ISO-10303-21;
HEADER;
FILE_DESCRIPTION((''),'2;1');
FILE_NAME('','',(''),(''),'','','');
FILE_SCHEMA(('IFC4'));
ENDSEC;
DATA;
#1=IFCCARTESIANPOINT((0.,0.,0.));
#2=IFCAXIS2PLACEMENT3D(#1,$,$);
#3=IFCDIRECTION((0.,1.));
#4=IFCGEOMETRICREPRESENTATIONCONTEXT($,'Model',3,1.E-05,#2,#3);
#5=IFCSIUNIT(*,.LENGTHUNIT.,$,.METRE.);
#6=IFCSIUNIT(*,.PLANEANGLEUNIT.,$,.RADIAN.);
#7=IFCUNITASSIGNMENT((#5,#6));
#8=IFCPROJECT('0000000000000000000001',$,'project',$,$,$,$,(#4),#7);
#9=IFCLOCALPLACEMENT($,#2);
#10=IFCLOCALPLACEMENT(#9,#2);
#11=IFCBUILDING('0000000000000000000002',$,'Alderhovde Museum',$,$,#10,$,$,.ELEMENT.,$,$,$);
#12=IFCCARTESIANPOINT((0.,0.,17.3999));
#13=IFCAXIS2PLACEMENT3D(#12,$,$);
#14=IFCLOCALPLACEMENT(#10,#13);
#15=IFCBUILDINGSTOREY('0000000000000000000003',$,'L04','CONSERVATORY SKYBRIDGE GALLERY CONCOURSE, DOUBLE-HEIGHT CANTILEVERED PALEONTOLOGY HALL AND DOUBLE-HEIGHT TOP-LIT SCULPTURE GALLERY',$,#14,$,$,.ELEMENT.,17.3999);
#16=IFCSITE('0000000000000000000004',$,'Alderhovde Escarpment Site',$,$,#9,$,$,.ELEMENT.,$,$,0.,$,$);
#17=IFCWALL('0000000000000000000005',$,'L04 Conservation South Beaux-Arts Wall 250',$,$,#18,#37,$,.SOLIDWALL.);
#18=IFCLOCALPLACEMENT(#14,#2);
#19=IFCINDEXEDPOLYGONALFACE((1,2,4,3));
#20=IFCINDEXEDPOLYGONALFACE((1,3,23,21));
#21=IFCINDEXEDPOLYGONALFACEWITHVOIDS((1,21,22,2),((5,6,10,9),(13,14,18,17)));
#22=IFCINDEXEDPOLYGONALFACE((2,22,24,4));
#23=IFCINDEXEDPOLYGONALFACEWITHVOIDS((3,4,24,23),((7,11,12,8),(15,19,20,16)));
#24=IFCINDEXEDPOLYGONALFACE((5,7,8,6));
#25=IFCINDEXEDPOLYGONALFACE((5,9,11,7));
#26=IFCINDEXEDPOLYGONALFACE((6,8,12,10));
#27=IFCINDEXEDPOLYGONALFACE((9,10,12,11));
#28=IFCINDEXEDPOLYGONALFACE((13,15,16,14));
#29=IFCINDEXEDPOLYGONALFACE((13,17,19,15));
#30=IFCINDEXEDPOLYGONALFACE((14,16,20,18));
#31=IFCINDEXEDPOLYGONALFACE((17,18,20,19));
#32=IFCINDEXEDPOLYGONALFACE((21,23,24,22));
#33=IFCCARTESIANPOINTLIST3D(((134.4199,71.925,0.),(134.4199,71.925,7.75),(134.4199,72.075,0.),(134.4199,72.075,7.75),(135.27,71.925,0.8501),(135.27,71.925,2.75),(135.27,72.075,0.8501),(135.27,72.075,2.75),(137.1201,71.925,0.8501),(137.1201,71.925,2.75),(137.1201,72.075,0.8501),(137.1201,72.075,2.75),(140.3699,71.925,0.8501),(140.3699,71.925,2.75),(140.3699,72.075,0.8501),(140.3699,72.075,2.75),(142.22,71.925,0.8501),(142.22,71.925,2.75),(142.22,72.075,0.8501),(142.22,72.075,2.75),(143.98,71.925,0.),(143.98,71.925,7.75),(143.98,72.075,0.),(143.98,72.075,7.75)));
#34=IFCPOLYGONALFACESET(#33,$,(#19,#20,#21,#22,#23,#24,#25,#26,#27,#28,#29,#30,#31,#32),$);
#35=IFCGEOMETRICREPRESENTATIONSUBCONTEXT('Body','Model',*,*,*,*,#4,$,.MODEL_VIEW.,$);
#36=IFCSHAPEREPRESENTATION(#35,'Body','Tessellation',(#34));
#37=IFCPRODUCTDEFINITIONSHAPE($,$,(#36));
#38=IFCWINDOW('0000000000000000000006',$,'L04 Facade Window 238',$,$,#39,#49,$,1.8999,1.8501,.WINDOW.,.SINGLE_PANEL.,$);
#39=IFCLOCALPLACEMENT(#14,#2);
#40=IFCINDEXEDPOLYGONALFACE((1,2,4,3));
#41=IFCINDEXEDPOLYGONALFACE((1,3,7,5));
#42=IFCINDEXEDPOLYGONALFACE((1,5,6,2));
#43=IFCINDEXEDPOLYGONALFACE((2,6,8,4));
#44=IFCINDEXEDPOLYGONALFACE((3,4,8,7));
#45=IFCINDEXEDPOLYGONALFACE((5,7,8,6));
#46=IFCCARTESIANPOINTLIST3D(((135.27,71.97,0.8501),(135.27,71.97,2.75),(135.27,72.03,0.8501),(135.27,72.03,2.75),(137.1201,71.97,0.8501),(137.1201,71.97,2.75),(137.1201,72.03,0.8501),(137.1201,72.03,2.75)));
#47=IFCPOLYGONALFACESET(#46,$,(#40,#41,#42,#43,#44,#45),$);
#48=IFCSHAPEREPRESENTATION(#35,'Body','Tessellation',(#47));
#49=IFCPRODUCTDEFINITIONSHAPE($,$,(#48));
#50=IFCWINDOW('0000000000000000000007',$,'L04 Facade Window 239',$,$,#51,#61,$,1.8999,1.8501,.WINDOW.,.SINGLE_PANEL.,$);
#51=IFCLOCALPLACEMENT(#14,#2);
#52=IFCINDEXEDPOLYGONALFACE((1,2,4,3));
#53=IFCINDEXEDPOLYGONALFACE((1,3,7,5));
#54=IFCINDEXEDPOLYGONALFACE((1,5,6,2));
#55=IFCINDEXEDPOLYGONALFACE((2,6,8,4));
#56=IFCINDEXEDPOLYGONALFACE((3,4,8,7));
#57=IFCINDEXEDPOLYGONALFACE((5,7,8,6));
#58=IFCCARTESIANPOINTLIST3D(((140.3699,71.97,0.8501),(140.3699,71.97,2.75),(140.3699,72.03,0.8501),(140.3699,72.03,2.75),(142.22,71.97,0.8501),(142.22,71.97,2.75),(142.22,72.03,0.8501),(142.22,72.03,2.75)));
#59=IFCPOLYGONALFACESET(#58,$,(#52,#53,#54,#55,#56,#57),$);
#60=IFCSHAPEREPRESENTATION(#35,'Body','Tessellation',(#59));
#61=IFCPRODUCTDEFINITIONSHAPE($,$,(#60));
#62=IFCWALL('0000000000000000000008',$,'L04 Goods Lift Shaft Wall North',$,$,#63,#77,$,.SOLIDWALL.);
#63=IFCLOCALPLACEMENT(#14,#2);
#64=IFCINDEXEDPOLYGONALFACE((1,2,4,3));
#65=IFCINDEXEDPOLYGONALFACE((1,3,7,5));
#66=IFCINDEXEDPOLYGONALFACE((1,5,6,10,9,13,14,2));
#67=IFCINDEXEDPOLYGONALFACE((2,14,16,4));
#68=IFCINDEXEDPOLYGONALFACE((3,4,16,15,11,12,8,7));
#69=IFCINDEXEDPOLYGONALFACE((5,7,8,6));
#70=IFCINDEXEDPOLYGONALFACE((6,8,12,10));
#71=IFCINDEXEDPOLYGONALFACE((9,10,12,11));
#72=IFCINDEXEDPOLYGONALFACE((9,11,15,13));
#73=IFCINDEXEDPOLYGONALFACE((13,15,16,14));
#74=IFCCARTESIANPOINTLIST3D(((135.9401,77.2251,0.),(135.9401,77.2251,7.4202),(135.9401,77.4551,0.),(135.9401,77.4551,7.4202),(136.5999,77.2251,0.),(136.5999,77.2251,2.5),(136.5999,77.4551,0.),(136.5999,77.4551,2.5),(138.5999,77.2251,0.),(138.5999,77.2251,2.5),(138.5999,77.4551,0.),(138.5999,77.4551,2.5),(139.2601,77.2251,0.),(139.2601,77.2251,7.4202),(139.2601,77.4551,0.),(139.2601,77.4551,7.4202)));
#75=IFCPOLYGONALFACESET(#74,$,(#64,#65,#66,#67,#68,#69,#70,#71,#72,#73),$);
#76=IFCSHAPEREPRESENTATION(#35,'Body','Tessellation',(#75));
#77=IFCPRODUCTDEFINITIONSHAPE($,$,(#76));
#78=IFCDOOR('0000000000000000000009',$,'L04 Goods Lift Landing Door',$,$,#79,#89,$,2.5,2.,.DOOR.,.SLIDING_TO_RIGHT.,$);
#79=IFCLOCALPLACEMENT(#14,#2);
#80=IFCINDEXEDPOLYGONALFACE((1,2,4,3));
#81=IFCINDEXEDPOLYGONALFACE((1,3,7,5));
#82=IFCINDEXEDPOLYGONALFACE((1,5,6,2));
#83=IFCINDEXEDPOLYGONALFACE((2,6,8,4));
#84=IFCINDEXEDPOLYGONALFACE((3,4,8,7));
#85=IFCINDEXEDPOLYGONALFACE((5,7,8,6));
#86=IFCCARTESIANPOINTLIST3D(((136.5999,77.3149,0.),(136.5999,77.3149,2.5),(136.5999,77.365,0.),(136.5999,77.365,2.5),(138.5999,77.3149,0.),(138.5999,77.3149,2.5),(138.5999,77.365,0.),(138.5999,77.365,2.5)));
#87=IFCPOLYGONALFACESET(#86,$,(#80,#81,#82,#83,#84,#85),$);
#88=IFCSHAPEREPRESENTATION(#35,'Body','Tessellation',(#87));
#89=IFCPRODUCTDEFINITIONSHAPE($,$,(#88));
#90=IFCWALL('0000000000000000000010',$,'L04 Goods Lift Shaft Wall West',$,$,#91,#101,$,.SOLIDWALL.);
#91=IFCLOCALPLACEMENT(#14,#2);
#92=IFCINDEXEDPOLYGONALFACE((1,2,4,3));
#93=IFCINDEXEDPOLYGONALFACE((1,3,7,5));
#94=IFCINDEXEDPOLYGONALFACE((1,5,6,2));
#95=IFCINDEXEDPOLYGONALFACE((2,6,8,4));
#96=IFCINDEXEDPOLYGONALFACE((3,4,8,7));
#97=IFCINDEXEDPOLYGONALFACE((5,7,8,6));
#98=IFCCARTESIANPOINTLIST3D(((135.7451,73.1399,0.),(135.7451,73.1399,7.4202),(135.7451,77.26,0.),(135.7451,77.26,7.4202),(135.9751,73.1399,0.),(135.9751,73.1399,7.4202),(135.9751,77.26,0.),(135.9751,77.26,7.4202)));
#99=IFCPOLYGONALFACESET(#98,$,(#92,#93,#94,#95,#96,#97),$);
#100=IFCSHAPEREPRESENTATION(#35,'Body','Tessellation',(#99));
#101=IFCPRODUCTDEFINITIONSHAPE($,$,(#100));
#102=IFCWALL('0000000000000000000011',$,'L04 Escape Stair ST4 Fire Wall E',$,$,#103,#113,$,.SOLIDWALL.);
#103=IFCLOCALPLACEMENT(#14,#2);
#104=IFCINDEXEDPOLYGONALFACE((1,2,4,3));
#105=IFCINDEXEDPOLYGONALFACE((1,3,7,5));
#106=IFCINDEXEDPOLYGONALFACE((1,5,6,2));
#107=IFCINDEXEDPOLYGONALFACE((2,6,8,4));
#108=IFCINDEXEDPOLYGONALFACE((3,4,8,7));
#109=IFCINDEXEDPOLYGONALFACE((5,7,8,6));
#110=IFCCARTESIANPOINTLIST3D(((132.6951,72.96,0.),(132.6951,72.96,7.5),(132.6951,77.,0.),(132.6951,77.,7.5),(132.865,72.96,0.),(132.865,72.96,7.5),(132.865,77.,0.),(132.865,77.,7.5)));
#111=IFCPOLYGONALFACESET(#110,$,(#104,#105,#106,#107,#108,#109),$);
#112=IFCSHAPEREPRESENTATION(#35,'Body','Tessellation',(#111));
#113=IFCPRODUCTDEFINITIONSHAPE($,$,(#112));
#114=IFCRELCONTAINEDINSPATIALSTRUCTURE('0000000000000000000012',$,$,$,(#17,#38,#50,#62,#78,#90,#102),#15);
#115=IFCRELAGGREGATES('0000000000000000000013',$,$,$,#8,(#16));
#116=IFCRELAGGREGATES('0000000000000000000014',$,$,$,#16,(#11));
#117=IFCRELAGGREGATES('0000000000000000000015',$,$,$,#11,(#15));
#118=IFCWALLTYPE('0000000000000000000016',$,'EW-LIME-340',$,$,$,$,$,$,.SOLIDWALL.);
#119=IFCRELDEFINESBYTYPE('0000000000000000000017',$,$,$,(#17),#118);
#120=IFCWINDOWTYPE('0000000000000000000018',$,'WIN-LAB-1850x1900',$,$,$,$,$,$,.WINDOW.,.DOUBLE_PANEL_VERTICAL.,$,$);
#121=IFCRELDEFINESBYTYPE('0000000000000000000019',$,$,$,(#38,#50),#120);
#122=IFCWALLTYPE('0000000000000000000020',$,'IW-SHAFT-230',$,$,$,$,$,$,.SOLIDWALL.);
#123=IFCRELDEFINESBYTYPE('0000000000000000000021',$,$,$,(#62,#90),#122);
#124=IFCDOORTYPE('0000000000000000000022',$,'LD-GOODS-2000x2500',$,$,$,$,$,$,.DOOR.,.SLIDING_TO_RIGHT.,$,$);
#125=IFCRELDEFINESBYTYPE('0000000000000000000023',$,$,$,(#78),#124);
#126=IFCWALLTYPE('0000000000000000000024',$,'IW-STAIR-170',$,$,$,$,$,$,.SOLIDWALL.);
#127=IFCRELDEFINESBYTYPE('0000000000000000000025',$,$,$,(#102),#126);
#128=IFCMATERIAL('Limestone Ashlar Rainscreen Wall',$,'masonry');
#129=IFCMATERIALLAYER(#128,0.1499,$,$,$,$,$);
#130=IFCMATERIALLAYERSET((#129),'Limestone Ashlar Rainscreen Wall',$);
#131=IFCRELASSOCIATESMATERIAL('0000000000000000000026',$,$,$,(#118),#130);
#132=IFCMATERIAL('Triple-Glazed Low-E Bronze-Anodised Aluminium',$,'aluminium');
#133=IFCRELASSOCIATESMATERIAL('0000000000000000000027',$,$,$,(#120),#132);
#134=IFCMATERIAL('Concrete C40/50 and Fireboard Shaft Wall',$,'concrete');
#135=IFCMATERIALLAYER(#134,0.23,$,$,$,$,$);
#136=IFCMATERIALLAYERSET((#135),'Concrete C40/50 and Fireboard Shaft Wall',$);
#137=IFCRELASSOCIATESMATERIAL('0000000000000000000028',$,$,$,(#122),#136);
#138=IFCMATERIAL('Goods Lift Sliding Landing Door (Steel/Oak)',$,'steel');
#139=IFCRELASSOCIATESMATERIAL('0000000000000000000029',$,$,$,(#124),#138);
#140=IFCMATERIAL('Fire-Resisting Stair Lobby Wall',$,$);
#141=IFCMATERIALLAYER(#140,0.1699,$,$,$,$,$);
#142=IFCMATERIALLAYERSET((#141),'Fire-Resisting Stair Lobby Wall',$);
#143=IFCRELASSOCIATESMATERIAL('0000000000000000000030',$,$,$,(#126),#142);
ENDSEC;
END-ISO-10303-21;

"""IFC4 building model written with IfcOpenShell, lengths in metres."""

from ifc_helpers import new_model, si_unit, direction, frame, frame_2d, origin, place, context, subcontext, project, spatial, rectangle, extrude, material, layer, layer_set, type_object, element, fill, save


model = new_model("IFC4")

# Units and contexts
model_context = context("Model", 3, precision=1e-05, world=origin(), true_north=direction((0.0, 1.0)))
body_context = subcontext(model_context, "Body", "Model", "MODEL_VIEW")
ifc_project = project(units=[si_unit("LENGTHUNIT", "METRE"), si_unit("PLANEANGLEUNIT", "RADIAN")], contexts=[model_context])

# Site, building, storey
site_placement = place(None, origin())
site = spatial("IfcSite", under=ifc_project, at=site_placement, Name="Alderhovde Escarpment Site", CompositionType="ELEMENT", RefElevation=0.0)
building_placement = place(site_placement, origin())
building = spatial("IfcBuilding", under=site, at=building_placement, Name="Alderhovde Museum", CompositionType="ELEMENT")
storey_placement = place(building_placement, frame((0.0, 0.0, 17.3999)))
storey = spatial("IfcBuildingStorey", under=building, at=storey_placement, Name="L04", Description="CONSERVATORY SKYBRIDGE GALLERY CONCOURSE, DOUBLE-HEIGHT CANTILEVERED PALEONTOLOGY HALL AND DOUBLE-HEIGHT TOP-LIT SCULPTURE GALLERY", CompositionType="ELEMENT", Elevation=17.3999)

# Wall, openings, windows
ifc_material_1 = material(Name="Limestone Ashlar Rainscreen Wall", Category="masonry")
ifc_layer_1 = layer(ifc_material_1, 0.1499)
ifc_layer_set_1 = layer_set([ifc_layer_1], Name="Limestone Ashlar Rainscreen Wall")
wall_type_1 = type_object("IfcWallType", Name="EW-LIME-340", PredefinedType="SOLIDWALL", material=ifc_layer_set_1)
wall_1_placement = place(storey_placement, frame((134.4199, 72.0, 0.0), z_axis=(0.0, 0.0, 1.0), x_axis=(1.0, 0.0, 0.0)))
wall_1 = element("IfcWall", 1, at=wall_1_placement, inside=storey, type_object=wall_type_1, Name="L04 Conservation South Beaux-Arts Wall 250", PredefinedType="SOLIDWALL", context=body_context, shape_type="SweptSolid", body=[
    extrude(rectangle(XDim=9.5601, YDim=0.1499, at=frame_2d((4.78, 0.0))), origin(), (0.0, 0.0, 1.0), 7.75),
])
opening_1_placement = place(wall_1_placement, frame((0.8501, 0.0, 0.8501)))
opening_1 = element("IfcOpeningElement", 2, at=opening_1_placement, cuts=wall_1, PredefinedType="OPENING", context=body_context, shape_type="SweptSolid", body=[
    extrude(rectangle(XDim=1.8501, YDim=1.8999, at=frame_2d((0.925, 0.95))), frame((0.0, 0.085, 0.0), z_axis=(0.0, -1.0, 0.0), x_axis=(1.0, 0.0, 0.0)), (0.0, 0.0, 1.0), 0.1699),
])
opening_2_placement = place(wall_1_placement, frame((5.95, 0.0, 0.8501)))
opening_2 = element("IfcOpeningElement", 3, at=opening_2_placement, cuts=wall_1, PredefinedType="OPENING", context=body_context, shape_type="SweptSolid", body=[
    extrude(rectangle(XDim=1.8501, YDim=1.8999, at=frame_2d((0.925, 0.95))), frame((0.0, 0.085, 0.0), z_axis=(0.0, -1.0, 0.0), x_axis=(1.0, 0.0, 0.0)), (0.0, 0.0, 1.0), 0.1699),
])
ifc_material_2 = material(Name="Triple-Glazed Low-E Bronze-Anodised Aluminium", Category="aluminium")
window_type = type_object("IfcWindowType", Name="WIN-LAB-1850x1900", PartitioningType="DOUBLE_PANEL_VERTICAL", PredefinedType="WINDOW", material=ifc_material_2)
window_1_placement = place(opening_1_placement, origin())
window_1 = element("IfcWindow", 4, at=window_1_placement, inside=storey, type_object=window_type, Name="L04 Facade Window 238", OverallHeight=1.8999, OverallWidth=1.8501, PartitioningType="SINGLE_PANEL", PredefinedType="WINDOW", context=body_context, shape_type="SweptSolid", body=[
    extrude(rectangle(XDim=1.8501, YDim=1.8999, at=frame_2d((0.925, 0.95))), frame((0.0, 0.03, 0.0), z_axis=(0.0, -1.0, 0.0), x_axis=(1.0, 0.0, 0.0)), (0.0, 0.0, 1.0), 0.0601),
])
fill(opening_1, window_1)
window_2_placement = place(opening_2_placement, origin())
window_2 = element("IfcWindow", 5, at=window_2_placement, inside=storey, type_object=window_type, Name="L04 Facade Window 239", OverallHeight=1.8999, OverallWidth=1.8501, PartitioningType="SINGLE_PANEL", PredefinedType="WINDOW", context=body_context, shape_type="SweptSolid", body=[
    extrude(rectangle(XDim=1.8501, YDim=1.8999, at=frame_2d((0.925, 0.95))), frame((0.0, 0.03, 0.0), z_axis=(0.0, -1.0, 0.0), x_axis=(1.0, 0.0, 0.0)), (0.0, 0.0, 1.0), 0.0601),
])
fill(opening_2, window_2)

# Shared definitions
ifc_material_3 = material(Name="Concrete C40/50 and Fireboard Shaft Wall", Category="concrete")
ifc_layer_2 = layer(ifc_material_3, 0.23)
ifc_layer_set_2 = layer_set([ifc_layer_2], Name="Concrete C40/50 and Fireboard Shaft Wall")
wall_type_2 = type_object("IfcWallType", Name="IW-SHAFT-230", PredefinedType="SOLIDWALL", material=ifc_layer_set_2)

# Wall, opening, door
wall_2_placement = place(storey_placement, frame((135.9399, 77.3401, 0.0), z_axis=(0.0, 0.0, 1.0), x_axis=(1.0, 0.0, 0.0)))
wall_2 = element("IfcWall", 6, at=wall_2_placement, inside=storey, type_object=wall_type_2, Name="L04 Goods Lift Shaft Wall North", PredefinedType="SOLIDWALL", context=body_context, shape_type="SweptSolid", body=[
    extrude(rectangle(XDim=3.3201, YDim=0.23, at=frame_2d((1.6602, 0.0))), origin(), (0.0, 0.0, 1.0), 7.4202),
])
opening_3_placement = place(wall_2_placement, frame((0.6599, 0.0, 0.0)))
opening_3 = element("IfcOpeningElement", 7, at=opening_3_placement, cuts=wall_2, PredefinedType="OPENING", context=body_context, shape_type="SweptSolid", body=[
    extrude(rectangle(XDim=2.0, YDim=2.5, at=frame_2d((1.0, 1.25))), frame((0.0, 0.125, 0.0), z_axis=(0.0, -1.0, 0.0), x_axis=(1.0, 0.0, 0.0)), (0.0, 0.0, 1.0), 0.25),
])
ifc_material_4 = material(Name="Goods Lift Sliding Landing Door (Steel/Oak)", Category="steel")
door_type = type_object("IfcDoorType", Name="LD-GOODS-2000x2500", OperationType="SLIDING_TO_RIGHT", PredefinedType="DOOR", material=ifc_material_4)
door_placement = place(opening_3_placement, origin())
door = element("IfcDoor", 8, at=door_placement, inside=storey, type_object=door_type, Name="L04 Goods Lift Landing Door", OperationType="SLIDING_TO_RIGHT", OverallHeight=2.5, OverallWidth=2.0, PredefinedType="DOOR", context=body_context, shape_type="SweptSolid", body=[
    extrude(rectangle(XDim=2.0, YDim=2.5, at=frame_2d((1.0, 1.25))), frame((0.0, 0.0249, 0.0), z_axis=(0.0, -1.0, 0.0), x_axis=(1.0, 0.0, 0.0)), (0.0, 0.0, 1.0), 0.05),
])
fill(opening_3, door)

# Walls
wall_3_placement = place(storey_placement, frame((135.8601, 73.1399, 0.0), z_axis=(0.0, 0.0, 1.0), x_axis=(0.0, 1.0, 0.0)))
element("IfcWall", 9, at=wall_3_placement, inside=storey, type_object=wall_type_2, Name="L04 Goods Lift Shaft Wall West", PredefinedType="SOLIDWALL", context=body_context, shape_type="SweptSolid", body=[
    extrude(rectangle(XDim=4.1201, YDim=0.23, at=frame_2d((2.0601, 0.0))), origin(), (0.0, 0.0, 1.0), 7.4202),
])
ifc_material_5 = material(Name="Fire-Resisting Stair Lobby Wall")
ifc_layer_3 = layer(ifc_material_5, 0.1699)
ifc_layer_set_3 = layer_set([ifc_layer_3], Name="Fire-Resisting Stair Lobby Wall")
wall_type_3 = type_object("IfcWallType", Name="IW-STAIR-170", PredefinedType="SOLIDWALL", material=ifc_layer_set_3)
wall_4_placement = place(storey_placement, frame((132.78, 72.96, 0.0), z_axis=(0.0, 0.0, 1.0), x_axis=(0.0, 1.0, 0.0)))
element("IfcWall", 10, at=wall_4_placement, inside=storey, type_object=wall_type_3, Name="L04 Escape Stair ST4 Fire Wall E", PredefinedType="SOLIDWALL", context=body_context, shape_type="SweptSolid", body=[
    extrude(rectangle(XDim=4.04, YDim=0.1699, at=frame_2d((2.02, 0.0))), origin(), (0.0, 0.0, 1.0), 7.5),
])

save(model, "model.ifc")
